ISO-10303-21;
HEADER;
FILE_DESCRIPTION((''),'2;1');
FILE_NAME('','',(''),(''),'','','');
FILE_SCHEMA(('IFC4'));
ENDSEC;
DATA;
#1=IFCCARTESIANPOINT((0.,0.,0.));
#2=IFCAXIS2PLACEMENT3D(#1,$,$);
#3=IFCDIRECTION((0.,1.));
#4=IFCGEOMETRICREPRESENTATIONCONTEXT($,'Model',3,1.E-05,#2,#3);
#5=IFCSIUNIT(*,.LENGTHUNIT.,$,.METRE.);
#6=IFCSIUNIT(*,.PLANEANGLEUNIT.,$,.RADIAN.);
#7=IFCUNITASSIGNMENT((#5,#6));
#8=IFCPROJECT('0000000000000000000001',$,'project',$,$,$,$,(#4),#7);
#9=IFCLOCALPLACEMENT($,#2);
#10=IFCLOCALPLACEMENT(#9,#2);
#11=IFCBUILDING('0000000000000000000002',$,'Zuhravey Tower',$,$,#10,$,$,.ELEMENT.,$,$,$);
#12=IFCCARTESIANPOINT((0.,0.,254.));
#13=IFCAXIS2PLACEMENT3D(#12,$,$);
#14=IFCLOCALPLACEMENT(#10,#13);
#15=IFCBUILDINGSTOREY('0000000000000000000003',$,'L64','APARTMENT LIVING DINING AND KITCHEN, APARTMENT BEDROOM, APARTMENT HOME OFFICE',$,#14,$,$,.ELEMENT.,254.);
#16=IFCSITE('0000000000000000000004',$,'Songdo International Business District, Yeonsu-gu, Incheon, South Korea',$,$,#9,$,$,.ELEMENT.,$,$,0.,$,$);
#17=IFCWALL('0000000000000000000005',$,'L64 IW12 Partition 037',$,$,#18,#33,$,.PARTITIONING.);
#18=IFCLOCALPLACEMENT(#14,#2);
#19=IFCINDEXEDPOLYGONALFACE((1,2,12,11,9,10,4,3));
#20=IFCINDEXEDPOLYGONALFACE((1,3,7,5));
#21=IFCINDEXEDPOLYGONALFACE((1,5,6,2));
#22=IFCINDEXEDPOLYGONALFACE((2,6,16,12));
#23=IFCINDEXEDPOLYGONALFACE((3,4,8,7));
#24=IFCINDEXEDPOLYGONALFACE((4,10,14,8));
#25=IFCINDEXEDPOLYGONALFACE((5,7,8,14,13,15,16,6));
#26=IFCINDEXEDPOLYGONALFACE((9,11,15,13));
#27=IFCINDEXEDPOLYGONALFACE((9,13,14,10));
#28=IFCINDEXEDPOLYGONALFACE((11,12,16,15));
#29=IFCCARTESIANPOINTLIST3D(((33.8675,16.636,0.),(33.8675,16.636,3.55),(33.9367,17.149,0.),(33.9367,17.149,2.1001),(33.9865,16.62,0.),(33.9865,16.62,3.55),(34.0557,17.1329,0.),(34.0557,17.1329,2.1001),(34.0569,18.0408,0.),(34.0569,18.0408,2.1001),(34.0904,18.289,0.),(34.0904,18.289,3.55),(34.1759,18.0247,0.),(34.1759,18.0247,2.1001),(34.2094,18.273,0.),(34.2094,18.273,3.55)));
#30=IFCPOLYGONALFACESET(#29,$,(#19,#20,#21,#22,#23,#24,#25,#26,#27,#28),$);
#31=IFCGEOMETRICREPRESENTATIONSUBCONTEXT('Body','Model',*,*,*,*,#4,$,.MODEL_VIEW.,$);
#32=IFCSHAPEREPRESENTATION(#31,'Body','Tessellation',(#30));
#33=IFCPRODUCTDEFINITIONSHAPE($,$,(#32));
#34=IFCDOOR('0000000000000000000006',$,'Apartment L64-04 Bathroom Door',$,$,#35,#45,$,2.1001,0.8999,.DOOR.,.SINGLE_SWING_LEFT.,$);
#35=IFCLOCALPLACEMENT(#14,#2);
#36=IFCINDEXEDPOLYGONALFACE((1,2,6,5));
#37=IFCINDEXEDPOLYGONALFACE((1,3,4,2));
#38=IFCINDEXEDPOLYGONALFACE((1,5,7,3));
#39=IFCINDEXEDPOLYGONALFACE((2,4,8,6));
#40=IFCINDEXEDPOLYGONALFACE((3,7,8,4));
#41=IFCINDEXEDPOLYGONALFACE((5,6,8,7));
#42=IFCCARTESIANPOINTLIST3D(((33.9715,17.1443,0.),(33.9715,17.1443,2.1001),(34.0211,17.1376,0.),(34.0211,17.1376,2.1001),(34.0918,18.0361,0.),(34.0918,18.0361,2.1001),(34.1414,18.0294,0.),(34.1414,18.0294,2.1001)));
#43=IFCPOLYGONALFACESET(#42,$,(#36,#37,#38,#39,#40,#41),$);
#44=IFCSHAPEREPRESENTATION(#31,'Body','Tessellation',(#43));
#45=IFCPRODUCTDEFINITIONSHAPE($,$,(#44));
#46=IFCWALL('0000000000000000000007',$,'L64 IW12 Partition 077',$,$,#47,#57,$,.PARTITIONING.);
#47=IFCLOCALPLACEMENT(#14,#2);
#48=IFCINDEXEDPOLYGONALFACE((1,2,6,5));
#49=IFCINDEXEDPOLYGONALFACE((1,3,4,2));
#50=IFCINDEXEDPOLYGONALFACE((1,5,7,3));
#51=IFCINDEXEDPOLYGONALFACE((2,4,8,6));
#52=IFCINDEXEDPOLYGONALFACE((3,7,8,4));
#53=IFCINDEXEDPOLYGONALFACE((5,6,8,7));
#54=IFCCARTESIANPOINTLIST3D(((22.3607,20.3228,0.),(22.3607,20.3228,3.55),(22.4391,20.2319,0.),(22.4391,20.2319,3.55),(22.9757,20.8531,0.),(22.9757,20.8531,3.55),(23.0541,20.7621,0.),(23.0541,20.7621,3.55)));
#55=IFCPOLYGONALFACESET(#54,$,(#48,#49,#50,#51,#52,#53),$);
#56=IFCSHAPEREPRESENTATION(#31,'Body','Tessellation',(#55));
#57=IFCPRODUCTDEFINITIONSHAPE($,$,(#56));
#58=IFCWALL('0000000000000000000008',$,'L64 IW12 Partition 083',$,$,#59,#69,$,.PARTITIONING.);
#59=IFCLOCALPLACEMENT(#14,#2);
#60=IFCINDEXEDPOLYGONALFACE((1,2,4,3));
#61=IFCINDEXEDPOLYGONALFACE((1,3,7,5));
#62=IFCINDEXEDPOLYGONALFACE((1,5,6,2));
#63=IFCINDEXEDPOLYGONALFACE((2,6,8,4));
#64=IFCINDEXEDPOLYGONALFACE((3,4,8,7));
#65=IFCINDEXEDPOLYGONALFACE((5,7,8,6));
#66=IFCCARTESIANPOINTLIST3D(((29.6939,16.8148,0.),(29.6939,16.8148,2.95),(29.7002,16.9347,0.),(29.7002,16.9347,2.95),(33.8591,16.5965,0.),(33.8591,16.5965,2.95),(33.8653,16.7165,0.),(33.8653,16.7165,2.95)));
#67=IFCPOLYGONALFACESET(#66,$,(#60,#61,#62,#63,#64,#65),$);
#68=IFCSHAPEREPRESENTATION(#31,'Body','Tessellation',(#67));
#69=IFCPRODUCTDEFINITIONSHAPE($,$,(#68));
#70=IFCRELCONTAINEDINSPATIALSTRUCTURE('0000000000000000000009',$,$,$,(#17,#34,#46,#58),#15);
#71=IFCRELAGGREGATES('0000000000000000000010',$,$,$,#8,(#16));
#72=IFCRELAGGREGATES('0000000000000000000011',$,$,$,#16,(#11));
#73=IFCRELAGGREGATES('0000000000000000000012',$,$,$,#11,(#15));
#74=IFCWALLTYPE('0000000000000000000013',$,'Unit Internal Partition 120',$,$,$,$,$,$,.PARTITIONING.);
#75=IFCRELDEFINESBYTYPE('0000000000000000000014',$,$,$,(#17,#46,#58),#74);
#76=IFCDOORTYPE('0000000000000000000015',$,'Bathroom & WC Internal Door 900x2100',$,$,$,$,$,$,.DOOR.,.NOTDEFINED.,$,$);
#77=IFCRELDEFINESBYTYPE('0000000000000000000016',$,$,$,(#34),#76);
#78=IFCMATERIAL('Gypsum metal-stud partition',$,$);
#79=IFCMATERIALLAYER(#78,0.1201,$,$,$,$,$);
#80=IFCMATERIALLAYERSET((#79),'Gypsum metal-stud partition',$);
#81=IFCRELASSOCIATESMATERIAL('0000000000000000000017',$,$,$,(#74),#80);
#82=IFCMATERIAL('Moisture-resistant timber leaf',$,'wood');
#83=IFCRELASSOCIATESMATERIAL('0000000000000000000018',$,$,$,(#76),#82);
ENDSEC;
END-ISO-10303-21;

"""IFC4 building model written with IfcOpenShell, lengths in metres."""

from ifc_helpers import new_model, si_unit, direction, frame, frame_2d, origin, place, context, subcontext, project, spatial, rectangle, extrude, material, layer, layer_set, type_object, element, fill, save


model = new_model("IFC4")

# Units and contexts
model_context = context("Model", 3, precision=1e-05, world=origin(), true_north=direction((0.0, 1.0)))
body_context = subcontext(model_context, "Body", "Model", "MODEL_VIEW")
ifc_project = project(units=[si_unit("LENGTHUNIT", "METRE"), si_unit("PLANEANGLEUNIT", "RADIAN")], contexts=[model_context])

# Site, building, storey
site_placement = place(None, origin())
site = spatial("IfcSite", under=ifc_project, at=site_placement, Name="Songdo International Business District, Yeonsu-gu, Incheon, South Korea", CompositionType="ELEMENT", RefElevation=0.0)
building_placement = place(site_placement, origin())
building = spatial("IfcBuilding", under=site, at=building_placement, Name="Zuhravey Tower", CompositionType="ELEMENT")
storey_placement = place(building_placement, frame((0.0, 0.0, 254.0)))
storey = spatial("IfcBuildingStorey", under=building, at=storey_placement, Name="L64", Description="APARTMENT LIVING DINING AND KITCHEN, APARTMENT BEDROOM, APARTMENT HOME OFFICE", CompositionType="ELEMENT", Elevation=254.0)

# Shared definitions
ifc_material_1 = material(Name="Gypsum metal-stud partition")
ifc_layer_1 = layer(ifc_material_1, 0.1201)
ifc_layer_set_1 = layer_set([ifc_layer_1], Name="Gypsum metal-stud partition")
wall_type_1 = type_object("IfcWallType", Name="Unit Internal Partition 120", PredefinedType="PARTITIONING", material=ifc_layer_set_1)
ifc_material_2 = material(Name="Moisture-resistant timber leaf", Category="wood")
door_type_1 = type_object("IfcDoorType", Name="Bathroom & WC Internal Door 900x2100", OperationType="NOTDEFINED", PredefinedType="DOOR", material=ifc_material_2)

# Wall, opening, door
wall_1_placement = place(storey_placement, frame((34.1499, 18.281, 0.0), z_axis=(0.0, 0.0, 1.0), x_axis=(-0.13363, -0.991031, 0.0)))
wall_1 = element("IfcWall", 1, at=wall_1_placement, inside=storey, type_object=wall_type_1, Name="L64 IW12 Partition 037", PredefinedType="PARTITIONING", context=body_context, shape_type="SweptSolid", body=[
    extrude(rectangle(XDim=1.668, YDim=0.1201, at=frame_2d((0.834, 0.0))), origin(), (0.0, 0.0, 1.0), 3.55),
])
opening_1_placement = place(wall_1_placement, frame((0.2505, 0.0, 0.0)))
opening_1 = element("IfcOpeningElement", 2, at=opening_1_placement, cuts=wall_1, PredefinedType="OPENING", context=body_context, shape_type="SweptSolid", body=[
    extrude(rectangle(XDim=0.8999, YDim=2.1001, at=frame_2d((0.45, 1.05))), frame((0.0, 0.072, 0.0), z_axis=(0.0, -1.0, 0.0), x_axis=(1.0, 0.0, 0.0)), (0.0, 0.0, 1.0), 0.144),
])
door_1_placement = place(opening_1_placement, frame((0.8999, 0.0, 0.0), z_axis=(0.0, 0.0, 1.0), x_axis=(-1.0, 0.0, 0.0)))
door_1 = element("IfcDoor", 3, at=door_1_placement, inside=storey, type_object=door_type_1, Name="Apartment L64-04 Bathroom Door", OperationType="SINGLE_SWING_LEFT", OverallHeight=2.1001, OverallWidth=0.8999, PredefinedType="DOOR", context=body_context, shape_type="SweptSolid", body=[
    extrude(rectangle(XDim=0.8999, YDim=2.1001, at=frame_2d((0.45, 1.05))), frame((0.0, 0.0249, 0.0), z_axis=(0.0, -1.0, 0.0), x_axis=(1.0, 0.0, 0.0)), (0.0, 0.0, 1.0), 0.05),
])
fill(opening_1, door_1)

# Walls
wall_2_placement = place(storey_placement, frame((23.0149, 20.8076, 0.0), z_axis=(0.0, 0.0, 1.0), x_axis=(-0.757343, -0.653017, 0.0)))
element("IfcWall", 4, at=wall_2_placement, inside=storey, type_object=wall_type_1, Name="L64 IW12 Partition 077", PredefinedType="PARTITIONING", context=body_context, shape_type="SweptSolid", body=[
    extrude(rectangle(XDim=0.812, YDim=0.1201, at=frame_2d((0.406, 0.0))), origin(), (0.0, 0.0, 1.0), 3.55),
])
wall_3_placement = place(storey_placement, frame((29.697, 16.8748, 0.0), z_axis=(0.0, 0.0, 1.0), x_axis=(0.99863, -0.052328, 0.0)))
element("IfcWall", 5, at=wall_3_placement, inside=storey, type_object=wall_type_1, Name="L64 IW12 Partition 083", PredefinedType="PARTITIONING", context=body_context, shape_type="SweptSolid", body=[
    extrude(rectangle(XDim=4.1709, YDim=0.1201, at=frame_2d((2.0854, 0.0))), origin(), (0.0, 0.0, 1.0), 2.95),
])

save(model, "model.ifc")
